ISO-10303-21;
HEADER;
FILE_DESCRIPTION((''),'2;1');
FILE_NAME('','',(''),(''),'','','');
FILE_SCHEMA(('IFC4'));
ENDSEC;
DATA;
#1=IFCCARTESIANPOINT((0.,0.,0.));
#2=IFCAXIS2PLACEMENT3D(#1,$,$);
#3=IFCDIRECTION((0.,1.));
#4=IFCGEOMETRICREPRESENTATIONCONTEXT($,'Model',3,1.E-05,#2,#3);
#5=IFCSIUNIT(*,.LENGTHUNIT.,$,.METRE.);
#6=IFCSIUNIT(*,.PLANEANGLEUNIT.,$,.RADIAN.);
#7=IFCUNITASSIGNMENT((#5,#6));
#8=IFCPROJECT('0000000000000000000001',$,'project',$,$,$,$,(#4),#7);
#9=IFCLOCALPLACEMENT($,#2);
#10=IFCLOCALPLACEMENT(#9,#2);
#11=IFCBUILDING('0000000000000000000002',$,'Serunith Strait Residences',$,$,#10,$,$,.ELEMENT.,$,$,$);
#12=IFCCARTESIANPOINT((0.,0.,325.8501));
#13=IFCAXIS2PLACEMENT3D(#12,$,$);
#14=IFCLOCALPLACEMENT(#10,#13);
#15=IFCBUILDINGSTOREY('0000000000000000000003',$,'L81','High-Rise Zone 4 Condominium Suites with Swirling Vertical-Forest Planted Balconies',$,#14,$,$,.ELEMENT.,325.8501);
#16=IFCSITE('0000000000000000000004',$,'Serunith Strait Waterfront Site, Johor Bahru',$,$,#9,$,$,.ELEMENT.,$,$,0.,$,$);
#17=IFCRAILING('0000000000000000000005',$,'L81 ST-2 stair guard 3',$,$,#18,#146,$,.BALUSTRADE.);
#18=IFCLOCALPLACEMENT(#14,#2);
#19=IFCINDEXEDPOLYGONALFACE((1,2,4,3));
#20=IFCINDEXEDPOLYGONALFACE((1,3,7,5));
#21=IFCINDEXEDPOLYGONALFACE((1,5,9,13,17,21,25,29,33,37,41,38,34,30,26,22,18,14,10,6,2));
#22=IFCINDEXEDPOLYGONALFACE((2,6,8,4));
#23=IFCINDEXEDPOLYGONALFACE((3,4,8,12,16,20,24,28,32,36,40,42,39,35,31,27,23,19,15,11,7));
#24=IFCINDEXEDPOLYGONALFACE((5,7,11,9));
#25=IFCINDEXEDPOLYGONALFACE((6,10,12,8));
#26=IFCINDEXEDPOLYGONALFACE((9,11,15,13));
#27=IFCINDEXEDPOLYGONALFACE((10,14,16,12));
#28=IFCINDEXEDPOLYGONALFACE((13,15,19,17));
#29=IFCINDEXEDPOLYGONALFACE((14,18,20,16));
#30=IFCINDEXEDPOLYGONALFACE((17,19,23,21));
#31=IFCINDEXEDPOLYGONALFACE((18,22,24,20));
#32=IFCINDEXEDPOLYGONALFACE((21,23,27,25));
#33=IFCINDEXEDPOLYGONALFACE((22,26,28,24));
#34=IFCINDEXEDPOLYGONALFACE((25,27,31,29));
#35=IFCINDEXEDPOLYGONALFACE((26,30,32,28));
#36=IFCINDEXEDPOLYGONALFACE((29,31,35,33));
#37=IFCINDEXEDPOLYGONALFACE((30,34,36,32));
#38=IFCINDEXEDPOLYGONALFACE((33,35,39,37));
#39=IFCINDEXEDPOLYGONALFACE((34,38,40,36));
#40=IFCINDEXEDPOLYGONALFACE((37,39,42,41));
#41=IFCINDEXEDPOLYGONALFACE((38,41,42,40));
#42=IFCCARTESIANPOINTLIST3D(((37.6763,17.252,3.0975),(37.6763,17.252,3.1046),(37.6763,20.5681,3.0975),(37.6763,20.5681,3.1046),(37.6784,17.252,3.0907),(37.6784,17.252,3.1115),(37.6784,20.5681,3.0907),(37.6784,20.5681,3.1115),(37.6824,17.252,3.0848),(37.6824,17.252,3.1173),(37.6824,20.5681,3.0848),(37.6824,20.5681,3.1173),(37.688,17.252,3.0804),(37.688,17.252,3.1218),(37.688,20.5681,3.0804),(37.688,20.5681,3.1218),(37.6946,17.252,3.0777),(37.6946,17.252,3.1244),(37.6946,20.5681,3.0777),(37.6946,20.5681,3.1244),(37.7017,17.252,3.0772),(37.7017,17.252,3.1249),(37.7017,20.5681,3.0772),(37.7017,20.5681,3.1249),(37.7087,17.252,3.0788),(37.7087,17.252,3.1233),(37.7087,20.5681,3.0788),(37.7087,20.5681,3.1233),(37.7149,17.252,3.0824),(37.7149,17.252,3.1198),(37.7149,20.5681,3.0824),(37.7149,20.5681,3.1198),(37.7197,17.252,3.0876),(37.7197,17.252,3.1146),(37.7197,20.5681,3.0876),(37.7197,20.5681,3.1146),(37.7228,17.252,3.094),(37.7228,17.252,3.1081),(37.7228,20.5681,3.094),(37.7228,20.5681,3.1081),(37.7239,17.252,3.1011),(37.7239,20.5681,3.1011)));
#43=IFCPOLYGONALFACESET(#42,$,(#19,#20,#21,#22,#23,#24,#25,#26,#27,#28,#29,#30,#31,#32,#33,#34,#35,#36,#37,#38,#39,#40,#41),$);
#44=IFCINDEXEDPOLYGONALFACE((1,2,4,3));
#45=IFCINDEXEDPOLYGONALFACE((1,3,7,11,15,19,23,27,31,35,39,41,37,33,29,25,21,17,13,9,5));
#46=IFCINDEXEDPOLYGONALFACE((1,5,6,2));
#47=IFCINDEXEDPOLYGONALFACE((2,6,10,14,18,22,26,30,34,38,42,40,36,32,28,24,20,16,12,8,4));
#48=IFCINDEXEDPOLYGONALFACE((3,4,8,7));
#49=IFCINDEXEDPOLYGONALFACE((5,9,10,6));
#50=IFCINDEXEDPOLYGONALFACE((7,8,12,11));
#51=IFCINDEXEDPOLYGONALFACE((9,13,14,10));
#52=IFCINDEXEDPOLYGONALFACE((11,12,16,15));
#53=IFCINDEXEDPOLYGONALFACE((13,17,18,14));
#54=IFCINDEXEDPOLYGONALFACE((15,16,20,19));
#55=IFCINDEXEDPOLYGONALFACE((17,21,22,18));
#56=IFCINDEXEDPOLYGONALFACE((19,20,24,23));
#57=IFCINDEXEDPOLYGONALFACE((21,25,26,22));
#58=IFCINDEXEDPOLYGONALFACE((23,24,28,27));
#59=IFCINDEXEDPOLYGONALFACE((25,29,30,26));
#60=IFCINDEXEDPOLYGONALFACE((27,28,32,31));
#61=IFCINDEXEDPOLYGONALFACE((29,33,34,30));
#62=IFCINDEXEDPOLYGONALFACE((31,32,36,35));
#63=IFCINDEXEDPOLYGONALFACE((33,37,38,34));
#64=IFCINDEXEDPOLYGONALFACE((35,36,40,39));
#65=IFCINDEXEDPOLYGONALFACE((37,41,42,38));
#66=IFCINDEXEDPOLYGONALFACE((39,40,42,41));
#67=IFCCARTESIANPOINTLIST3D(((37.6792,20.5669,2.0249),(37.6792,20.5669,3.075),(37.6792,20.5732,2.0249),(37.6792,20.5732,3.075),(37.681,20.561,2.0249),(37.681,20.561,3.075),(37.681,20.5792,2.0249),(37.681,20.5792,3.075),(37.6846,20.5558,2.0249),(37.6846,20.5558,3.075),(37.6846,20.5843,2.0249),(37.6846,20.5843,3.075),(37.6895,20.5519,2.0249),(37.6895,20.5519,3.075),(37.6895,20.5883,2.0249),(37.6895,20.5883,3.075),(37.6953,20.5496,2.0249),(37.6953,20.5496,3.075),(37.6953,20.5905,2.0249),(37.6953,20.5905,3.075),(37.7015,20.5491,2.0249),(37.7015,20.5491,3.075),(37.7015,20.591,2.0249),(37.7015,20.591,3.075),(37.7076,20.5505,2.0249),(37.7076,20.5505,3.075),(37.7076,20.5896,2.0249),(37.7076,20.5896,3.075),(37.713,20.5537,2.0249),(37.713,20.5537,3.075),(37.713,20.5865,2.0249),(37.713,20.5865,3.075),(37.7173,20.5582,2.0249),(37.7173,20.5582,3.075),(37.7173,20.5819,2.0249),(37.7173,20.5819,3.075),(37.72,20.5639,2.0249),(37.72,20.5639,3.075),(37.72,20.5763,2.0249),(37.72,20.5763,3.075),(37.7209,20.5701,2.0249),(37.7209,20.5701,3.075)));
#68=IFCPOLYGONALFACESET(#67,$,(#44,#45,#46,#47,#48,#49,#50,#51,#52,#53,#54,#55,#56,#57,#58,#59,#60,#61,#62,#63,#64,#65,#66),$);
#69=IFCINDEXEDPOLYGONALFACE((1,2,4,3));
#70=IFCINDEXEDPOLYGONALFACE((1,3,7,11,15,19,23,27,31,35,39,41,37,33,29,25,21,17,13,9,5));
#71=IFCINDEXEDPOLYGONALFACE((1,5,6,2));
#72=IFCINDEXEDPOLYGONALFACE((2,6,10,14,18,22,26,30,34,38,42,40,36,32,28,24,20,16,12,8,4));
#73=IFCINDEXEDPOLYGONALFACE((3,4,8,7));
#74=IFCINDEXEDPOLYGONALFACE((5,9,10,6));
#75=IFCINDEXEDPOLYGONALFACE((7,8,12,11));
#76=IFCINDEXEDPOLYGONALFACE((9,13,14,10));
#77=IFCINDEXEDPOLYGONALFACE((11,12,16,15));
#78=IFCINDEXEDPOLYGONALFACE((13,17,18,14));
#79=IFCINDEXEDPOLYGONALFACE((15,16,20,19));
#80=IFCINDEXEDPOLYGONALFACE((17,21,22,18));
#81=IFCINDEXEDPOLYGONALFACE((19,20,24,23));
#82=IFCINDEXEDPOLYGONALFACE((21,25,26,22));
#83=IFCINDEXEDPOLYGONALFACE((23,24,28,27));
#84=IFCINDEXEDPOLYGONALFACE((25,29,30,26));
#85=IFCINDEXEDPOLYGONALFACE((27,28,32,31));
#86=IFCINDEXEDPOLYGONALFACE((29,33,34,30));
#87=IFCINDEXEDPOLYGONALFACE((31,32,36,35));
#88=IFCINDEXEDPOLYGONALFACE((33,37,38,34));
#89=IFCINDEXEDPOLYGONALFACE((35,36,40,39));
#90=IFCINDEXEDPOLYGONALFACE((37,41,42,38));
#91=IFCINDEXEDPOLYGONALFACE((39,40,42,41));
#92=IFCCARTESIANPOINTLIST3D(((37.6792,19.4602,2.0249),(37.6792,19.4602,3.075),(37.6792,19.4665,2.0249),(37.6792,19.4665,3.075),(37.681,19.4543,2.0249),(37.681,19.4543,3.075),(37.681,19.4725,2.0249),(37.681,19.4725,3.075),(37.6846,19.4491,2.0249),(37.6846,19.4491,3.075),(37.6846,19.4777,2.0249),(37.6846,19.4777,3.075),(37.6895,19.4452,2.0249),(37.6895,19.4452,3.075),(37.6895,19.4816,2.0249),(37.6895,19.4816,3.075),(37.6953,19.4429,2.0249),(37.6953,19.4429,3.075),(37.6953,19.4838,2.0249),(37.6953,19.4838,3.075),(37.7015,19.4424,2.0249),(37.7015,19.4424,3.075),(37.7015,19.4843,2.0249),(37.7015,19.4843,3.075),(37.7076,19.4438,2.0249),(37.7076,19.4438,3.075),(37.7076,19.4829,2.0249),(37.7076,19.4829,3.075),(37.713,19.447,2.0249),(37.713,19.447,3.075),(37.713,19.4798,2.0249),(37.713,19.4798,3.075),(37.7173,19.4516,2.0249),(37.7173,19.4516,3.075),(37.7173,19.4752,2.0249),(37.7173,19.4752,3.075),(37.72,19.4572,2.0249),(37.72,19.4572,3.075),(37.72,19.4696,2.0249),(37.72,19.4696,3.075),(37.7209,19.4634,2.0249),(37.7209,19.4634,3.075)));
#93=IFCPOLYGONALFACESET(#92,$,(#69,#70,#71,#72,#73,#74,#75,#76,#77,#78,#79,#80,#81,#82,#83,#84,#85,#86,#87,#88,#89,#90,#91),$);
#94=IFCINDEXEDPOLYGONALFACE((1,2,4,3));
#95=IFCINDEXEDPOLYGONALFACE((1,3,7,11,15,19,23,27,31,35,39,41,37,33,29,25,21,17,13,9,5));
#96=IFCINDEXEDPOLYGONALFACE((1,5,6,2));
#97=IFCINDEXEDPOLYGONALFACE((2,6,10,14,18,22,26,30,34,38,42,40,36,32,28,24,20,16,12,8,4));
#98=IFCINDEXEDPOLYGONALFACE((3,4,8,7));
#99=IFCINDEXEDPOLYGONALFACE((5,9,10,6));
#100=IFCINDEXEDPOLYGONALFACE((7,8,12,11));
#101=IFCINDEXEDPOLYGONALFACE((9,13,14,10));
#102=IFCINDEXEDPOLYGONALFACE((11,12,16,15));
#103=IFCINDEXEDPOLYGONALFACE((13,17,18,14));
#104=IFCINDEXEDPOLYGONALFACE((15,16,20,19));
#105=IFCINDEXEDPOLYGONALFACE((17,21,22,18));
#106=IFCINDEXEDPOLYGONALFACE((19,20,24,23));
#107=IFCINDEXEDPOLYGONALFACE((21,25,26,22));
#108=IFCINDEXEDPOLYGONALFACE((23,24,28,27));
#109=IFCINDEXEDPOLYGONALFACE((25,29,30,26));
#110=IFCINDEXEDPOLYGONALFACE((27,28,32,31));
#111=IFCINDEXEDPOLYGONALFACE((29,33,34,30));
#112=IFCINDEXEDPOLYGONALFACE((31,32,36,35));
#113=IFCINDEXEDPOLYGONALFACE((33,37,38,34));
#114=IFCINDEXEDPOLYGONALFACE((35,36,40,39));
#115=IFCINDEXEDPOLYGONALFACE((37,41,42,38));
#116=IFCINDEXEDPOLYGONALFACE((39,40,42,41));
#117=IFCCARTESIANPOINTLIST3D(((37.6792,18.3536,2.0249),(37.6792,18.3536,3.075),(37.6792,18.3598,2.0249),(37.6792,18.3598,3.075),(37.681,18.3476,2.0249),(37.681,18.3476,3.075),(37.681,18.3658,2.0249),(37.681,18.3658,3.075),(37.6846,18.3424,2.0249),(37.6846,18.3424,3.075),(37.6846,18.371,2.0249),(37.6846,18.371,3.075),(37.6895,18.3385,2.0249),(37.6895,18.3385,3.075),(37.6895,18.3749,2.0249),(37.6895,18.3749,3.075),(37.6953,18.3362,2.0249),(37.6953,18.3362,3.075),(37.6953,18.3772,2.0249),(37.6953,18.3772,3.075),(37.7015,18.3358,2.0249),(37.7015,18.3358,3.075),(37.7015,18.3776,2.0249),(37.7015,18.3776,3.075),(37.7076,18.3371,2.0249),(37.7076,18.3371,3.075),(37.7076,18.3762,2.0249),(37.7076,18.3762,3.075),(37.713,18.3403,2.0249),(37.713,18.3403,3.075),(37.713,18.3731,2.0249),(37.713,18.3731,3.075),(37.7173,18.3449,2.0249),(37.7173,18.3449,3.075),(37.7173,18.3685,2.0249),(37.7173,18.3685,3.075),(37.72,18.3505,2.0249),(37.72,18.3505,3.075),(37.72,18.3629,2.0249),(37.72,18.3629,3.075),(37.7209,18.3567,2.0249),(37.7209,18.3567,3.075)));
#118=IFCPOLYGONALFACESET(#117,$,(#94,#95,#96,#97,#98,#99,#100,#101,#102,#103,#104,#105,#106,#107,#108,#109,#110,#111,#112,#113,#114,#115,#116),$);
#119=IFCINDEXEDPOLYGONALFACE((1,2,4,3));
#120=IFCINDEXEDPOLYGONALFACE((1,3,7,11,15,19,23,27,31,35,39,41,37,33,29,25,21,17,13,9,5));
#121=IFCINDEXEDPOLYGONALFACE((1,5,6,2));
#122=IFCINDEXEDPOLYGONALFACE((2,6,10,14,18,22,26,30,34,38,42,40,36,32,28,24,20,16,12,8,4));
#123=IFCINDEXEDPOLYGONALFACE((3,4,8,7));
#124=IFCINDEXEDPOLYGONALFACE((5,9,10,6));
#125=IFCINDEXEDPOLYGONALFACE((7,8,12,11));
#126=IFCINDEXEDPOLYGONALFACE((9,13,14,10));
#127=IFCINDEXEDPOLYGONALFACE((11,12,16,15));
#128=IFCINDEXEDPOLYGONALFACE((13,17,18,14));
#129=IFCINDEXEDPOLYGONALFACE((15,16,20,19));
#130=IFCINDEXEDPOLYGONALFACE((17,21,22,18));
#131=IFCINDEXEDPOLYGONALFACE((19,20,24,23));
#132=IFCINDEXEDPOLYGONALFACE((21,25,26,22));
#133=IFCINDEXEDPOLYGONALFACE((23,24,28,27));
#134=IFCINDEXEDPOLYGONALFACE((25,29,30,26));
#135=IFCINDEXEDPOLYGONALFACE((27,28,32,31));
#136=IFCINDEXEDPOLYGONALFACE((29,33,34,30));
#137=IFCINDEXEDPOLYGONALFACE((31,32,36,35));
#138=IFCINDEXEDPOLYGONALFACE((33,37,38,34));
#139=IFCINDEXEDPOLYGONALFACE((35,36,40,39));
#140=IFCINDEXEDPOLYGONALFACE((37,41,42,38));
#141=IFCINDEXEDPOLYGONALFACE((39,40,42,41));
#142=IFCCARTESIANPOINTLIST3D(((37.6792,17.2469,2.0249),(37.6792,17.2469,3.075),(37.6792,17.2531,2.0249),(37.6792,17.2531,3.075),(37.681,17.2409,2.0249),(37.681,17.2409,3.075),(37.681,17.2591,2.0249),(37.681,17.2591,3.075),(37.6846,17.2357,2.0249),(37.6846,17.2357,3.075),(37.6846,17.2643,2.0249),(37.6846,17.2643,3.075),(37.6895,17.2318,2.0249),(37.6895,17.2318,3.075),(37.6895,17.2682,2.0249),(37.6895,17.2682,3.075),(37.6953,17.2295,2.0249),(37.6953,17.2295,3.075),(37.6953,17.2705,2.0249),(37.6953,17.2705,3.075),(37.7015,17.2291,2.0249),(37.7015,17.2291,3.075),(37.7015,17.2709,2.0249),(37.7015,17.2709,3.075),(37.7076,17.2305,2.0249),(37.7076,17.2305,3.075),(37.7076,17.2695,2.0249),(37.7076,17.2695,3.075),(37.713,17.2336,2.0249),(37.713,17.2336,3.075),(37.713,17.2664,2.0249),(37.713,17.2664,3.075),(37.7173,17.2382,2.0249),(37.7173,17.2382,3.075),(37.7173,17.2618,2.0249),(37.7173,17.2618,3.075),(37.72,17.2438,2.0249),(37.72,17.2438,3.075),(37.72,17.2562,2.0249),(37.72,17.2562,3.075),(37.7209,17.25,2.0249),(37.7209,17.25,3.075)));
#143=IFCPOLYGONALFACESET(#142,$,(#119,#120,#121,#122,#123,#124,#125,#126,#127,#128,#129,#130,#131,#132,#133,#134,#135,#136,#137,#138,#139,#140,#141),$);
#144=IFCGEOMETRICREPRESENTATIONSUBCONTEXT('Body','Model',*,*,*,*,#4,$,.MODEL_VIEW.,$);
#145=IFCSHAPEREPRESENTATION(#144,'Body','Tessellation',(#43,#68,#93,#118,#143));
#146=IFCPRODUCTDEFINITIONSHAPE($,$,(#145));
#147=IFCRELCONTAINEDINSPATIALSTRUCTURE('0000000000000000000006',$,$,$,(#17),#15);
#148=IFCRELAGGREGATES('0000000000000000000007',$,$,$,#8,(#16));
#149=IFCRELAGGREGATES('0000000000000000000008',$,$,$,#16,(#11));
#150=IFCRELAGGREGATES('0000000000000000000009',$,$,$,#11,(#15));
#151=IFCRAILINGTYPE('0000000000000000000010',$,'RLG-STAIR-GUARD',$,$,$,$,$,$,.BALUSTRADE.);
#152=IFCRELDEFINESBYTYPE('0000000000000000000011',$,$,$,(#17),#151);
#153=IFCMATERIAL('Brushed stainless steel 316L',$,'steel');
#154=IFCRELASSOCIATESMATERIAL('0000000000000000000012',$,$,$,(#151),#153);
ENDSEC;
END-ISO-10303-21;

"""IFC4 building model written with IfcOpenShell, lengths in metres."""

from ifc_helpers import new_model, si_unit, direction, frame, origin, origin_2d, place, context, subcontext, project, spatial, circle, extrude, material, type_object, element, save


model = new_model("IFC4")

# Units and contexts
model_context = context("Model", 3, precision=1e-05, world=origin(), true_north=direction((0.0, 1.0)))
body_context = subcontext(model_context, "Body", "Model", "MODEL_VIEW")
ifc_project = project(units=[si_unit("LENGTHUNIT", "METRE"), si_unit("PLANEANGLEUNIT", "RADIAN")], contexts=[model_context])

# Site, building, storey
site_placement = place(None, origin())
site = spatial("IfcSite", under=ifc_project, at=site_placement, Name="Serunith Strait Waterfront Site, Johor Bahru", CompositionType="ELEMENT", RefElevation=0.0)
building_placement = place(site_placement, origin())
building = spatial("IfcBuilding", under=site, at=building_placement, Name="Serunith Strait Residences", CompositionType="ELEMENT")
storey_placement = place(building_placement, frame((0.0, 0.0, 325.8501)))
storey = spatial("IfcBuildingStorey", under=building, at=storey_placement, Name="L81", Description="High-Rise Zone 4 Condominium Suites with Swirling Vertical-Forest Planted Balconies", CompositionType="ELEMENT", Elevation=325.8501)

# Railing
ifc_material_1 = material(Name="Brushed stainless steel 316L", Category="steel")
railing_type_1 = type_object("IfcRailingType", Name="RLG-STAIR-GUARD", PredefinedType="BALUSTRADE", material=ifc_material_1)
for number, where, name in (
    (1, (37.7, 20.5701, 2.0249), "L81 ST-2 stair guard 3"),
):
    element("IfcRailing", number, at=place(storey_placement, frame(where)), inside=storey, type_object=railing_type_1, Name=name, PredefinedType="BALUSTRADE", context=body_context, shape_type="SweptSolid", body=[
        extrude(circle(Radius=0.0239, at=origin_2d()), frame((0.0, -0.002, 1.0762), z_axis=(0.0, -1.0, 0.0), x_axis=(1.0, 0.0, 0.0)), (0.0, 0.0, 1.0), 3.3162),
        extrude(circle(Radius=0.021, at=origin_2d()), origin(), (0.0, 0.0, 1.0), 1.05),
        extrude(circle(Radius=0.021, at=origin_2d()), frame((0.0, -1.1067, 0.0)), (0.0, 0.0, 1.0), 1.05),
        extrude(circle(Radius=0.021, at=origin_2d()), frame((0.0, -2.2134, 0.0)), (0.0, 0.0, 1.0), 1.05),
        extrude(circle(Radius=0.021, at=origin_2d()), frame((0.0, -3.3201, 0.0)), (0.0, 0.0, 1.0), 1.05),
    ])

save(model, "model.ifc")
